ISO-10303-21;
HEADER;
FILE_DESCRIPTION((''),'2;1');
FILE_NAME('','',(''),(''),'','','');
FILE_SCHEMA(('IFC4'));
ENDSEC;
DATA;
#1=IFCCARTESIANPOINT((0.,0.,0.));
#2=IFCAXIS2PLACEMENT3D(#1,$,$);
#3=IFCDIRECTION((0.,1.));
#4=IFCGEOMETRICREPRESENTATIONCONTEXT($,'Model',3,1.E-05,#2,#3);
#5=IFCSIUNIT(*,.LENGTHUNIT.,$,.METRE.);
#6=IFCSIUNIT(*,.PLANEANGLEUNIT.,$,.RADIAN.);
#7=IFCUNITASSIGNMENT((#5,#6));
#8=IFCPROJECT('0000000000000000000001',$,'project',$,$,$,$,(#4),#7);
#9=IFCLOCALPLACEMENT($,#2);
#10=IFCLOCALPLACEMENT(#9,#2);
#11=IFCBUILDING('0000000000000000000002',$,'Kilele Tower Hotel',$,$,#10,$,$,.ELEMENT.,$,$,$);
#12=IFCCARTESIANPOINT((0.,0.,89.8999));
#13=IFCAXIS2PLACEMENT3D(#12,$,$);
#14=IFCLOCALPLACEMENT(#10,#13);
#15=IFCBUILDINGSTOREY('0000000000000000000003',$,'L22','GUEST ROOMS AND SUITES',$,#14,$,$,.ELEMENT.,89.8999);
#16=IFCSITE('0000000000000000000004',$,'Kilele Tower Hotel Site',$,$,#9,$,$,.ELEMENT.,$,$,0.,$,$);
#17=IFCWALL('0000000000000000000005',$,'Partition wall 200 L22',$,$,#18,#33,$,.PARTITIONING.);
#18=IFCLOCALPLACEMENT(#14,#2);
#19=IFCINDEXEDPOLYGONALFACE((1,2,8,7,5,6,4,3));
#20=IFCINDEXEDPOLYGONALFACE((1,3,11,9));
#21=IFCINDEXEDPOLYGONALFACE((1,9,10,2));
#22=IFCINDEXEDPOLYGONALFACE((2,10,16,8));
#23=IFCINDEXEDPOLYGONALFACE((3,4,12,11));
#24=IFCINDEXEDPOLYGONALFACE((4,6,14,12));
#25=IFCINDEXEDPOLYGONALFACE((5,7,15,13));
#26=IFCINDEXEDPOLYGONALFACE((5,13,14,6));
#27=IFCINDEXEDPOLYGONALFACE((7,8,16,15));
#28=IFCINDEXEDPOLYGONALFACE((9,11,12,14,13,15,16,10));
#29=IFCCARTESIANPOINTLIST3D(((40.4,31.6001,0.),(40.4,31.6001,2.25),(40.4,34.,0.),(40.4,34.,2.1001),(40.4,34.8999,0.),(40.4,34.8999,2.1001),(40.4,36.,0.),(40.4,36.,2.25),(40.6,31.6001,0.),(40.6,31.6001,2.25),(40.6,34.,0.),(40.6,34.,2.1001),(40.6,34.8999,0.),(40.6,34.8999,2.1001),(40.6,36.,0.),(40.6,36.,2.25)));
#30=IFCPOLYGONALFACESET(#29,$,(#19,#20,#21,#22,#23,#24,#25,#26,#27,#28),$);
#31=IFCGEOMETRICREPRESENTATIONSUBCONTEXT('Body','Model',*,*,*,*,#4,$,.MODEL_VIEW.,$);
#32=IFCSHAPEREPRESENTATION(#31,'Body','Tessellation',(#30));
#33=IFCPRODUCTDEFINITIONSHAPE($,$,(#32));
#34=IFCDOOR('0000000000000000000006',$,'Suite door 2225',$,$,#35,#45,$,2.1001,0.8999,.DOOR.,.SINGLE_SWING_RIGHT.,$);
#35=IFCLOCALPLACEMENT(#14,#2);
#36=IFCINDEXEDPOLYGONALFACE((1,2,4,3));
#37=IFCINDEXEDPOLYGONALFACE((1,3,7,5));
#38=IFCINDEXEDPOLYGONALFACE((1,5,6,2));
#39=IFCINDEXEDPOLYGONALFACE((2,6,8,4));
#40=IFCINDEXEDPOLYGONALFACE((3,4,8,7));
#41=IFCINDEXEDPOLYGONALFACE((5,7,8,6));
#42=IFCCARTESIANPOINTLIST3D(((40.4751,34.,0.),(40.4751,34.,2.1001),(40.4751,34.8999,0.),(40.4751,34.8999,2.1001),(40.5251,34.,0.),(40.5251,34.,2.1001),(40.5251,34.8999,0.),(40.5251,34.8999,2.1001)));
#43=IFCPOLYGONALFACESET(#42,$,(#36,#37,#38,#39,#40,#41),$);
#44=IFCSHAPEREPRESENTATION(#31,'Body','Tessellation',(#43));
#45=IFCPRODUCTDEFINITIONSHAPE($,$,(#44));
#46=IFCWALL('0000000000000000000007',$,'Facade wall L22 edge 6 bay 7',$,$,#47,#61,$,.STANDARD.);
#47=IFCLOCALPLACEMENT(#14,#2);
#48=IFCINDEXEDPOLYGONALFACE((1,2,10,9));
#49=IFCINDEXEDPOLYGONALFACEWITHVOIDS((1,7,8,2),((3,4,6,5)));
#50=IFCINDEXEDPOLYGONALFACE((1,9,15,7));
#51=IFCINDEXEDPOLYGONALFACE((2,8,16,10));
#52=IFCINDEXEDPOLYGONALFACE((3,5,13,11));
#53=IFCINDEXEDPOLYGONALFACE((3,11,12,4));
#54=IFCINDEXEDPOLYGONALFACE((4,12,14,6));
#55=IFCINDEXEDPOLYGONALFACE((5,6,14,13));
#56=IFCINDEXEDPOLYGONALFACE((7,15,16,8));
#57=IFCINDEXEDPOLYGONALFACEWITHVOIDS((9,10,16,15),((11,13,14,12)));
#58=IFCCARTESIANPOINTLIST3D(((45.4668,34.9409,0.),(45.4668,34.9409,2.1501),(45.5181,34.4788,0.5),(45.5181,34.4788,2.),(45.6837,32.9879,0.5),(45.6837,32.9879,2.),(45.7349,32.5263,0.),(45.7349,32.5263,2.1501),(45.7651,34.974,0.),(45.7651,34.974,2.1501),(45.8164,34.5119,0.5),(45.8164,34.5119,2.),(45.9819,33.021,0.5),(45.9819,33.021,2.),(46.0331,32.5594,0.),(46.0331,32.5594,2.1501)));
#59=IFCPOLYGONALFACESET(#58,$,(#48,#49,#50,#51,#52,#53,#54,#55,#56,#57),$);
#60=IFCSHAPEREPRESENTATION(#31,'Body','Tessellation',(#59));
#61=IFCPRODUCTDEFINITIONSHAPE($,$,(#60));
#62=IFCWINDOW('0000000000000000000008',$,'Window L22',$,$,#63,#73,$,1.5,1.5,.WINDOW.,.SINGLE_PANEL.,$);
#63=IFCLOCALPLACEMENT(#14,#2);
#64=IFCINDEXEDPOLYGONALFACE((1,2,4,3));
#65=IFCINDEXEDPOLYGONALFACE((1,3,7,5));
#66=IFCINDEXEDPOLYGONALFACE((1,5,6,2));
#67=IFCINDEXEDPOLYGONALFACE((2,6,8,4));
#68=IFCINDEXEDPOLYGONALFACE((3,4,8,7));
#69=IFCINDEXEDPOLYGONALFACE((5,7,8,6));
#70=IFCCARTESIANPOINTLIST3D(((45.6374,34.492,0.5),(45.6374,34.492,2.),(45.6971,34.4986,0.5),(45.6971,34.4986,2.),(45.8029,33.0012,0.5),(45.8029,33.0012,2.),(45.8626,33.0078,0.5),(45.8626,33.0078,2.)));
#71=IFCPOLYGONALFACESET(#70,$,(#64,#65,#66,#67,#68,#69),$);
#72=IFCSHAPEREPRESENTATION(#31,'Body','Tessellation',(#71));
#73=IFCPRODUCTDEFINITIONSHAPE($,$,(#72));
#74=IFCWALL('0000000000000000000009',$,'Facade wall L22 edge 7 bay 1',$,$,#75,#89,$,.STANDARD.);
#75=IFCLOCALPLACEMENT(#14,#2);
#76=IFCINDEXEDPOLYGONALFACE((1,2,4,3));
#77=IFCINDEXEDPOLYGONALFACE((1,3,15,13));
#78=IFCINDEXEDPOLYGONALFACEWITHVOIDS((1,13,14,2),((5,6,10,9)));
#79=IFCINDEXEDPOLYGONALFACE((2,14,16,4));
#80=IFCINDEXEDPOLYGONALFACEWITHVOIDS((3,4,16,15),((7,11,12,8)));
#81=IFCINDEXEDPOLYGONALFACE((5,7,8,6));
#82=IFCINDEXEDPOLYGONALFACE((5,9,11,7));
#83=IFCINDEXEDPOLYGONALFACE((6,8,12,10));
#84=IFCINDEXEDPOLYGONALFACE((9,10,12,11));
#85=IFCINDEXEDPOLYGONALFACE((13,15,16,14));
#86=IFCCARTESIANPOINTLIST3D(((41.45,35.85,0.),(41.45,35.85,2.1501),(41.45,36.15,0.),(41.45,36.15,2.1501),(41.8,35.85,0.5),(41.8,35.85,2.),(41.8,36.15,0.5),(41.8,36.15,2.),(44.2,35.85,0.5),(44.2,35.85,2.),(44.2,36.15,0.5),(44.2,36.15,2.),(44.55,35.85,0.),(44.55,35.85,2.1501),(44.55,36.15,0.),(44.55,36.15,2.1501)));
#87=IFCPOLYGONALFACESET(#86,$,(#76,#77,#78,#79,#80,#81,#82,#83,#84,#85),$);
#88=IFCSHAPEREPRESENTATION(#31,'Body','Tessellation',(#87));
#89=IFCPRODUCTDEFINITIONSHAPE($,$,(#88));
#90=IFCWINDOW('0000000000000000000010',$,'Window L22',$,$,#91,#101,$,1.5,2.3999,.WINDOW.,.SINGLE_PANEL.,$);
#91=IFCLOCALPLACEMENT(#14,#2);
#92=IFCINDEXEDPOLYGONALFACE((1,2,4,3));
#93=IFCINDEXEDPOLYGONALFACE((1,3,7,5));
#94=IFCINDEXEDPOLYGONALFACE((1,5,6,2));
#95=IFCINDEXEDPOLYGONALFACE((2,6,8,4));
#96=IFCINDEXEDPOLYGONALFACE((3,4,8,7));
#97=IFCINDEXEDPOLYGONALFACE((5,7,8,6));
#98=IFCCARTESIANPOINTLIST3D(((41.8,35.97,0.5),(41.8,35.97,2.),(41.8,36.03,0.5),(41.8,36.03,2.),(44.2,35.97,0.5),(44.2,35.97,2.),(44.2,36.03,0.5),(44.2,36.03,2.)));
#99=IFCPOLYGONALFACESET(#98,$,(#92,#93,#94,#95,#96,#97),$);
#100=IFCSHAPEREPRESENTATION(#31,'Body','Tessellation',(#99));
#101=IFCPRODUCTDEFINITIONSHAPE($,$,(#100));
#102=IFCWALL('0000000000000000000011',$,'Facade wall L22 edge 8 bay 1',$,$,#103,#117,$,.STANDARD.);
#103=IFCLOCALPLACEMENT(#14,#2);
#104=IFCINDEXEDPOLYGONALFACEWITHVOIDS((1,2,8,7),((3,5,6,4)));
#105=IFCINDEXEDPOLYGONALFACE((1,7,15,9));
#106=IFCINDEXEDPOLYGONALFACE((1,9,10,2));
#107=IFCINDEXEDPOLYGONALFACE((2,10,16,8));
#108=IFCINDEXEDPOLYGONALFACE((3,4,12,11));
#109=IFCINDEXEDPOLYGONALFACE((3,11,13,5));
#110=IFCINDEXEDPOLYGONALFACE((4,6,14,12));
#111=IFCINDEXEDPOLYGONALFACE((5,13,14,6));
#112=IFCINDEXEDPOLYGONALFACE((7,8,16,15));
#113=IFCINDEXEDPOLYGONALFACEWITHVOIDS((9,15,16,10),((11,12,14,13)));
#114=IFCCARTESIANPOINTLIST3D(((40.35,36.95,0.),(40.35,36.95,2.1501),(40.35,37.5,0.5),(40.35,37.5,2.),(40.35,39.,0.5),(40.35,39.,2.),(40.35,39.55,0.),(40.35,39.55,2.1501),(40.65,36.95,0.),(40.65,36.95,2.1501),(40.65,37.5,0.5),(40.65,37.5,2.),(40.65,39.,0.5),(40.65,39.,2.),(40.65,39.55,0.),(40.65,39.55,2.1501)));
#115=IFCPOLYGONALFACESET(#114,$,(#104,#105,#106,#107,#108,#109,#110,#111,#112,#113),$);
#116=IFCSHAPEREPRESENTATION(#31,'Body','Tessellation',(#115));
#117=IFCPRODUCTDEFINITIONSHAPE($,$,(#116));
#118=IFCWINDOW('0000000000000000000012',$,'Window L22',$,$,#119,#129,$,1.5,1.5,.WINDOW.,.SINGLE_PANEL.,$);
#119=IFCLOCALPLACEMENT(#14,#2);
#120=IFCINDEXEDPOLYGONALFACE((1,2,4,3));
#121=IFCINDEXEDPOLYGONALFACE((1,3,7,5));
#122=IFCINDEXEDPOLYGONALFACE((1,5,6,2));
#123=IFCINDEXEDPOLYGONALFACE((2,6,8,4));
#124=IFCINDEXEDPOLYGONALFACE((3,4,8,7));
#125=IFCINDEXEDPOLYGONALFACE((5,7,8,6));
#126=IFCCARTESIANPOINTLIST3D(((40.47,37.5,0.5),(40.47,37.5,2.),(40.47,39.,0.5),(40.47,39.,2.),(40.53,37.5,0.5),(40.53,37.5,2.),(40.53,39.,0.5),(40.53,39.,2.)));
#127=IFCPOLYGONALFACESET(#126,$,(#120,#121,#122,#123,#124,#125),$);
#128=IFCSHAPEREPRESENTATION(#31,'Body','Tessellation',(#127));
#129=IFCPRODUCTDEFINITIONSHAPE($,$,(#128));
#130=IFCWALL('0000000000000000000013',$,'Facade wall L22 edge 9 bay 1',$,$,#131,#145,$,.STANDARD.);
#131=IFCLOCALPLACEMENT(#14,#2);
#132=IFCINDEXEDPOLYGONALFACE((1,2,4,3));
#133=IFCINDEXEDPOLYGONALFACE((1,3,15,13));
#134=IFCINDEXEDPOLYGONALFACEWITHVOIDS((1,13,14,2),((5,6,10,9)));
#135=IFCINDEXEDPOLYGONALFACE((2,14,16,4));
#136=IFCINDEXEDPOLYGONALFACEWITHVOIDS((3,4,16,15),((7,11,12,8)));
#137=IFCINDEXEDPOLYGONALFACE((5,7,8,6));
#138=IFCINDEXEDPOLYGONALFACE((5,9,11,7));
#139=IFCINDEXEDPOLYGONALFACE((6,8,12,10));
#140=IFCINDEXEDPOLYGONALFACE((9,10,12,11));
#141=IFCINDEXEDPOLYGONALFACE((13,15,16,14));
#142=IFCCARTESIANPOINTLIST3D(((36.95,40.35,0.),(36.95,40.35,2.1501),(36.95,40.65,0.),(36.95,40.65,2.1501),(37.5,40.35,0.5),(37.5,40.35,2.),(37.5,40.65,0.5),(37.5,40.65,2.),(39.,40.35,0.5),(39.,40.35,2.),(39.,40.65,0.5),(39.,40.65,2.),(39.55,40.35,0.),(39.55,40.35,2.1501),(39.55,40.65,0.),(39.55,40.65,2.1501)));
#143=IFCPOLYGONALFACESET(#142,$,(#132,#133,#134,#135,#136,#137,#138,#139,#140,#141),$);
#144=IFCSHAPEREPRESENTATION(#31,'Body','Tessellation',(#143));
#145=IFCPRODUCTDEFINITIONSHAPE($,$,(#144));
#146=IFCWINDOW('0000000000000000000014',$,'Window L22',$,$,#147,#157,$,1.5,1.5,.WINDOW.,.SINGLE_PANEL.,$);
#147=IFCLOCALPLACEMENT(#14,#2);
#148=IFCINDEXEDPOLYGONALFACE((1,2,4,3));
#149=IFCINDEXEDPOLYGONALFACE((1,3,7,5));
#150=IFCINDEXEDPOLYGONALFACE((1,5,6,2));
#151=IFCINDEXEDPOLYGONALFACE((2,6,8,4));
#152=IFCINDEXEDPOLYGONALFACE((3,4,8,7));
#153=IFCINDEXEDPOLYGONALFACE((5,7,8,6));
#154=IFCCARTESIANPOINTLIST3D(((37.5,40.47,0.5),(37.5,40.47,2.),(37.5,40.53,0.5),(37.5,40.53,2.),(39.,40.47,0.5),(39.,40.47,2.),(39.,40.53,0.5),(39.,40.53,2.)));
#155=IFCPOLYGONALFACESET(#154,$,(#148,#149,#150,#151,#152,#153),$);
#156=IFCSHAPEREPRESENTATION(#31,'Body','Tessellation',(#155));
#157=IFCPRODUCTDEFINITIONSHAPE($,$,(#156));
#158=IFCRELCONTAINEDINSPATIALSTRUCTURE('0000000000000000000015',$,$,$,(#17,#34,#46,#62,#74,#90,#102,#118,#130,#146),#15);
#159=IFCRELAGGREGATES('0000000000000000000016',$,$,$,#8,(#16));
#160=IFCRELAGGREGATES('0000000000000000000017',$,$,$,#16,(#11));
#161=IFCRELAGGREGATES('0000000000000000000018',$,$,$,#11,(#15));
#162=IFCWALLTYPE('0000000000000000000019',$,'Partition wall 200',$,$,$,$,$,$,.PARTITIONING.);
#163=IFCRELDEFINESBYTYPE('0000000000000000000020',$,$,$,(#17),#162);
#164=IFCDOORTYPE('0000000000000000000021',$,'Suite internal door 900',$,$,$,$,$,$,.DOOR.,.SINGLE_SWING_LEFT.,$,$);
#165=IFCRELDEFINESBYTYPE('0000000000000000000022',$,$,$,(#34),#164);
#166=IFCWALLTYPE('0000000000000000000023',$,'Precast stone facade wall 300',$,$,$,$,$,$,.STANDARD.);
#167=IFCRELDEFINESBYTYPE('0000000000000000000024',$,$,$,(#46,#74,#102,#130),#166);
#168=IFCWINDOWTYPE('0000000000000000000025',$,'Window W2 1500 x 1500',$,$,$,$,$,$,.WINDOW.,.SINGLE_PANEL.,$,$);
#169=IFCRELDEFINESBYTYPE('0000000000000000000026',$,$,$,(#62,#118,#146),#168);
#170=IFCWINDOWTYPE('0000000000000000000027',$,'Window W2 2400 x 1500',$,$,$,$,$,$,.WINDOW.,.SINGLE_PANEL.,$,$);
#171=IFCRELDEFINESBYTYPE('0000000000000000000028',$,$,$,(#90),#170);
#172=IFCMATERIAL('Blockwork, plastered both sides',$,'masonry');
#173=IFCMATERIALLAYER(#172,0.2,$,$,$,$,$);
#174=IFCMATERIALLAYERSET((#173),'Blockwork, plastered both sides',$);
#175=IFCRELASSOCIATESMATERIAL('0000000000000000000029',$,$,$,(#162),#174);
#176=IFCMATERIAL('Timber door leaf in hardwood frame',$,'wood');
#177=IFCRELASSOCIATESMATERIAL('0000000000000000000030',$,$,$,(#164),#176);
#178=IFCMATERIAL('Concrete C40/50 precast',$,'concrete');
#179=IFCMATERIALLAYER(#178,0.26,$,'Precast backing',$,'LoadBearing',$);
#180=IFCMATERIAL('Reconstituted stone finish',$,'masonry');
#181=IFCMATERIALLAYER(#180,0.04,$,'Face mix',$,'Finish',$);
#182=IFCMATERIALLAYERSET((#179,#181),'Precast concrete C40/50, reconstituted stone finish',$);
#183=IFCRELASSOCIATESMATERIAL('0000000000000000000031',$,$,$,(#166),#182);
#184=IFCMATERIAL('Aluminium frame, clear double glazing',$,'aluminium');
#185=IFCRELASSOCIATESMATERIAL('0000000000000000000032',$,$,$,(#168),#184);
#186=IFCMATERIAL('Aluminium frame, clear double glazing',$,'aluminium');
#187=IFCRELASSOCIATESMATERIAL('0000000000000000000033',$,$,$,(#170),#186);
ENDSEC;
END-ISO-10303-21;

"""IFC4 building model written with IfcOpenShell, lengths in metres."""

from ifc_helpers import new_model, si_unit, direction, frame, frame_2d, origin, place, context, subcontext, project, spatial, rectangle, extrude, material, layer, layer_set, type_object, element, fill, save


model = new_model("IFC4")

# Units and contexts
model_context = context("Model", 3, precision=1e-05, world=origin(), true_north=direction((0.0, 1.0)))
body_context = subcontext(model_context, "Body", "Model", "MODEL_VIEW")
ifc_project = project(units=[si_unit("LENGTHUNIT", "METRE"), si_unit("PLANEANGLEUNIT", "RADIAN")], contexts=[model_context])

# Site, building, storey
site_placement = place(None, origin())
site = spatial("IfcSite", under=ifc_project, at=site_placement, Name="Kilele Tower Hotel Site", CompositionType="ELEMENT", RefElevation=0.0)
building_placement = place(site_placement, origin())
building = spatial("IfcBuilding", under=site, at=building_placement, Name="Kilele Tower Hotel", CompositionType="ELEMENT")
storey_placement = place(building_placement, frame((0.0, 0.0, 89.8999)))
storey = spatial("IfcBuildingStorey", under=building, at=storey_placement, Name="L22", Description="GUEST ROOMS AND SUITES", CompositionType="ELEMENT", Elevation=89.8999)

# Wall, opening, door
ifc_material_1 = material(Name="Blockwork, plastered both sides", Category="masonry")
ifc_layer_1 = layer(ifc_material_1, 0.2)
ifc_layer_set_1 = layer_set([ifc_layer_1], Name="Blockwork, plastered both sides")
wall_type_1 = type_object("IfcWallType", Name="Partition wall 200", PredefinedType="PARTITIONING", material=ifc_layer_set_1)
wall_1_placement = place(storey_placement, frame((40.5, 31.6001, 0.0), z_axis=(0.0, 0.0, 1.0), x_axis=(0.0, 1.0, 0.0)))
wall_1 = element("IfcWall", 1, at=wall_1_placement, inside=storey, type_object=wall_type_1, Name="Partition wall 200 L22", PredefinedType="PARTITIONING", context=body_context, shape_type="SweptSolid", body=[
    extrude(rectangle(XDim=4.3999, YDim=0.2, at=frame_2d((2.2, 0.0))), origin(), (0.0, 0.0, 1.0), 2.25),
])
opening_1_placement = place(wall_1_placement, frame((2.3999, 0.0, 0.0)))
opening_1 = element("IfcOpeningElement", 2, at=opening_1_placement, cuts=wall_1, PredefinedType="OPENING", context=body_context, shape_type="SweptSolid", body=[
    extrude(rectangle(XDim=0.8999, YDim=2.1001, at=frame_2d((0.45, 1.05))), frame((0.0, 0.1099, 0.0), z_axis=(0.0, -1.0, 0.0), x_axis=(1.0, 0.0, 0.0)), (0.0, 0.0, 1.0), 0.22),
])
ifc_material_2 = material(Name="Timber door leaf in hardwood frame", Category="wood")
door_type_1 = type_object("IfcDoorType", Name="Suite internal door 900", OperationType="SINGLE_SWING_LEFT", PredefinedType="DOOR", material=ifc_material_2)
door_1_placement = place(opening_1_placement, origin())
door_1 = element("IfcDoor", 3, at=door_1_placement, inside=storey, type_object=door_type_1, Name="Suite door 2225", OperationType="SINGLE_SWING_RIGHT", OverallHeight=2.1001, OverallWidth=0.8999, PredefinedType="DOOR", context=body_context, shape_type="SweptSolid", body=[
    extrude(rectangle(XDim=0.8999, YDim=2.1001, at=frame_2d((0.45, 1.05))), frame((0.0, 0.0249, 0.0), z_axis=(0.0, -1.0, 0.0), x_axis=(1.0, 0.0, 0.0)), (0.0, 0.0, 1.0), 0.05),
])
fill(opening_1, door_1)

# Walls, openings, windows
ifc_material_3 = material(Name="Concrete C40/50 precast", Category="concrete")
ifc_layer_2 = layer(ifc_material_3, 0.26, Name="Precast backing", Category="LoadBearing")
ifc_material_4 = material(Name="Reconstituted stone finish", Category="masonry")
ifc_layer_3 = layer(ifc_material_4, 0.04, Name="Face mix", Category="Finish")
ifc_layer_set_2 = layer_set([ifc_layer_2, ifc_layer_3], Name="Precast concrete C40/50, reconstituted stone finish")
wall_type_2 = type_object("IfcWallType", Name="Precast stone facade wall 300", PredefinedType="STANDARD", material=ifc_layer_set_2)
wall_2_placement = place(storey_placement, frame((45.884, 32.5427, 0.0), z_axis=(0.0, 0.0, 1.0), x_axis=(-0.110343, 0.993894, 0.0)))
wall_2 = element("IfcWall", 4, at=wall_2_placement, inside=storey, type_object=wall_type_2, Name="Facade wall L22 edge 6 bay 7", PredefinedType="STANDARD", context=body_context, shape_type="SweptSolid", body=[
    extrude(rectangle(XDim=2.4294, YDim=0.3, at=frame_2d((1.2148, 0.0))), origin(), (0.0, 0.0, 1.0), 2.1501),
])
opening_2_placement = place(wall_2_placement, frame((0.4646, 0.0, 0.5)))
opening_2 = element("IfcOpeningElement", 5, at=opening_2_placement, cuts=wall_2, PredefinedType="OPENING", context=body_context, shape_type="SweptSolid", body=[
    extrude(rectangle(XDim=1.5, YDim=1.5, at=frame_2d((0.75, 0.75))), frame((0.0, 0.1599, 0.0), z_axis=(0.0, -1.0, 0.0), x_axis=(1.0, 0.0, 0.0)), (0.0, 0.0, 1.0), 0.3201),
])
ifc_material_5 = material(Name="Aluminium frame, clear double glazing", Category="aluminium")
window_type_1 = type_object("IfcWindowType", Name="Window W2 1500 x 1500", PartitioningType="SINGLE_PANEL", PredefinedType="WINDOW", material=ifc_material_5)
window_1_placement = place(opening_2_placement, origin())
window_1 = element("IfcWindow", 6, at=window_1_placement, inside=storey, type_object=window_type_1, Name="Window L22", OverallHeight=1.5, OverallWidth=1.5, PartitioningType="SINGLE_PANEL", PredefinedType="WINDOW", context=body_context, shape_type="SweptSolid", body=[
    extrude(rectangle(XDim=1.5, YDim=1.5, at=frame_2d((0.75, 0.75))), frame((0.0, 0.03, 0.0), z_axis=(0.0, -1.0, 0.0), x_axis=(1.0, 0.0, 0.0)), (0.0, 0.0, 1.0), 0.0601),
])
fill(opening_2, window_1)
wall_3_placement = place(storey_placement, frame((44.55, 36.0, 0.0), z_axis=(0.0, 0.0, 1.0), x_axis=(-1.0, 0.0, 0.0)))
wall_3 = element("IfcWall", 7, at=wall_3_placement, inside=storey, type_object=wall_type_2, Name="Facade wall L22 edge 7 bay 1", PredefinedType="STANDARD", context=body_context, shape_type="SweptSolid", body=[
    extrude(rectangle(XDim=3.1001, YDim=0.3, at=frame_2d((1.55, 0.0))), origin(), (0.0, 0.0, 1.0), 2.1501),
])
opening_3_placement = place(wall_3_placement, frame((0.3501, 0.0, 0.5)))
opening_3 = element("IfcOpeningElement", 8, at=opening_3_placement, cuts=wall_3, PredefinedType="OPENING", context=body_context, shape_type="SweptSolid", body=[
    extrude(rectangle(XDim=2.3999, YDim=1.5, at=frame_2d((1.2, 0.75))), frame((0.0, 0.1599, 0.0), z_axis=(0.0, -1.0, 0.0), x_axis=(1.0, 0.0, 0.0)), (0.0, 0.0, 1.0), 0.3201),
])
ifc_material_6 = material(Name="Aluminium frame, clear double glazing", Category="aluminium")
window_type_2 = type_object("IfcWindowType", Name="Window W2 2400 x 1500", PartitioningType="SINGLE_PANEL", PredefinedType="WINDOW", material=ifc_material_6)
window_2_placement = place(opening_3_placement, origin())
window_2 = element("IfcWindow", 9, at=window_2_placement, inside=storey, type_object=window_type_2, Name="Window L22", OverallHeight=1.5, OverallWidth=2.3999, PartitioningType="SINGLE_PANEL", PredefinedType="WINDOW", context=body_context, shape_type="SweptSolid", body=[
    extrude(rectangle(XDim=2.3999, YDim=1.5, at=frame_2d((1.2, 0.75))), frame((0.0, 0.03, 0.0), z_axis=(0.0, -1.0, 0.0), x_axis=(1.0, 0.0, 0.0)), (0.0, 0.0, 1.0), 0.0601),
])
fill(opening_3, window_2)
wall_4_placement = place(storey_placement, frame((40.5, 36.95, 0.0), z_axis=(0.0, 0.0, 1.0), x_axis=(0.0, 1.0, 0.0)))
wall_4 = element("IfcWall", 10, at=wall_4_placement, inside=storey, type_object=wall_type_2, Name="Facade wall L22 edge 8 bay 1", PredefinedType="STANDARD", context=body_context, shape_type="SweptSolid", body=[
    extrude(rectangle(XDim=2.6001, YDim=0.3, at=frame_2d((1.3, 0.0))), origin(), (0.0, 0.0, 1.0), 2.1501),
])
opening_4_placement = place(wall_4_placement, frame((0.55, 0.0, 0.5)))
opening_4 = element("IfcOpeningElement", 11, at=opening_4_placement, cuts=wall_4, PredefinedType="OPENING", context=body_context, shape_type="SweptSolid", body=[
    extrude(rectangle(XDim=1.5, YDim=1.5, at=frame_2d((0.75, 0.75))), frame((0.0, 0.1599, 0.0), z_axis=(0.0, -1.0, 0.0), x_axis=(1.0, 0.0, 0.0)), (0.0, 0.0, 1.0), 0.3201),
])
window_3_placement = place(opening_4_placement, origin())
window_3 = element("IfcWindow", 12, at=window_3_placement, inside=storey, type_object=window_type_1, Name="Window L22", OverallHeight=1.5, OverallWidth=1.5, PartitioningType="SINGLE_PANEL", PredefinedType="WINDOW", context=body_context, shape_type="SweptSolid", body=[
    extrude(rectangle(XDim=1.5, YDim=1.5, at=frame_2d((0.75, 0.75))), frame((0.0, 0.03, 0.0), z_axis=(0.0, -1.0, 0.0), x_axis=(1.0, 0.0, 0.0)), (0.0, 0.0, 1.0), 0.0601),
])
fill(opening_4, window_3)
wall_5_placement = place(storey_placement, frame((39.55, 40.5, 0.0), z_axis=(0.0, 0.0, 1.0), x_axis=(-1.0, 0.0, 0.0)))
wall_5 = element("IfcWall", 13, at=wall_5_placement, inside=storey, type_object=wall_type_2, Name="Facade wall L22 edge 9 bay 1", PredefinedType="STANDARD", context=body_context, shape_type="SweptSolid", body=[
    extrude(rectangle(XDim=2.6001, YDim=0.3, at=frame_2d((1.3, 0.0))), origin(), (0.0, 0.0, 1.0), 2.1501),
])
opening_5_placement = place(wall_5_placement, frame((0.55, 0.0, 0.5)))
opening_5 = element("IfcOpeningElement", 14, at=opening_5_placement, cuts=wall_5, PredefinedType="OPENING", context=body_context, shape_type="SweptSolid", body=[
    extrude(rectangle(XDim=1.5, YDim=1.5, at=frame_2d((0.75, 0.75))), frame((0.0, 0.1599, 0.0), z_axis=(0.0, -1.0, 0.0), x_axis=(1.0, 0.0, 0.0)), (0.0, 0.0, 1.0), 0.3201),
])
window_4_placement = place(opening_5_placement, origin())
window_4 = element("IfcWindow", 15, at=window_4_placement, inside=storey, type_object=window_type_1, Name="Window L22", OverallHeight=1.5, OverallWidth=1.5, PartitioningType="SINGLE_PANEL", PredefinedType="WINDOW", context=body_context, shape_type="SweptSolid", body=[
    extrude(rectangle(XDim=1.5, YDim=1.5, at=frame_2d((0.75, 0.75))), frame((0.0, 0.03, 0.0), z_axis=(0.0, -1.0, 0.0), x_axis=(1.0, 0.0, 0.0)), (0.0, 0.0, 1.0), 0.0601),
])
fill(opening_5, window_4)

save(model, "model.ifc")
